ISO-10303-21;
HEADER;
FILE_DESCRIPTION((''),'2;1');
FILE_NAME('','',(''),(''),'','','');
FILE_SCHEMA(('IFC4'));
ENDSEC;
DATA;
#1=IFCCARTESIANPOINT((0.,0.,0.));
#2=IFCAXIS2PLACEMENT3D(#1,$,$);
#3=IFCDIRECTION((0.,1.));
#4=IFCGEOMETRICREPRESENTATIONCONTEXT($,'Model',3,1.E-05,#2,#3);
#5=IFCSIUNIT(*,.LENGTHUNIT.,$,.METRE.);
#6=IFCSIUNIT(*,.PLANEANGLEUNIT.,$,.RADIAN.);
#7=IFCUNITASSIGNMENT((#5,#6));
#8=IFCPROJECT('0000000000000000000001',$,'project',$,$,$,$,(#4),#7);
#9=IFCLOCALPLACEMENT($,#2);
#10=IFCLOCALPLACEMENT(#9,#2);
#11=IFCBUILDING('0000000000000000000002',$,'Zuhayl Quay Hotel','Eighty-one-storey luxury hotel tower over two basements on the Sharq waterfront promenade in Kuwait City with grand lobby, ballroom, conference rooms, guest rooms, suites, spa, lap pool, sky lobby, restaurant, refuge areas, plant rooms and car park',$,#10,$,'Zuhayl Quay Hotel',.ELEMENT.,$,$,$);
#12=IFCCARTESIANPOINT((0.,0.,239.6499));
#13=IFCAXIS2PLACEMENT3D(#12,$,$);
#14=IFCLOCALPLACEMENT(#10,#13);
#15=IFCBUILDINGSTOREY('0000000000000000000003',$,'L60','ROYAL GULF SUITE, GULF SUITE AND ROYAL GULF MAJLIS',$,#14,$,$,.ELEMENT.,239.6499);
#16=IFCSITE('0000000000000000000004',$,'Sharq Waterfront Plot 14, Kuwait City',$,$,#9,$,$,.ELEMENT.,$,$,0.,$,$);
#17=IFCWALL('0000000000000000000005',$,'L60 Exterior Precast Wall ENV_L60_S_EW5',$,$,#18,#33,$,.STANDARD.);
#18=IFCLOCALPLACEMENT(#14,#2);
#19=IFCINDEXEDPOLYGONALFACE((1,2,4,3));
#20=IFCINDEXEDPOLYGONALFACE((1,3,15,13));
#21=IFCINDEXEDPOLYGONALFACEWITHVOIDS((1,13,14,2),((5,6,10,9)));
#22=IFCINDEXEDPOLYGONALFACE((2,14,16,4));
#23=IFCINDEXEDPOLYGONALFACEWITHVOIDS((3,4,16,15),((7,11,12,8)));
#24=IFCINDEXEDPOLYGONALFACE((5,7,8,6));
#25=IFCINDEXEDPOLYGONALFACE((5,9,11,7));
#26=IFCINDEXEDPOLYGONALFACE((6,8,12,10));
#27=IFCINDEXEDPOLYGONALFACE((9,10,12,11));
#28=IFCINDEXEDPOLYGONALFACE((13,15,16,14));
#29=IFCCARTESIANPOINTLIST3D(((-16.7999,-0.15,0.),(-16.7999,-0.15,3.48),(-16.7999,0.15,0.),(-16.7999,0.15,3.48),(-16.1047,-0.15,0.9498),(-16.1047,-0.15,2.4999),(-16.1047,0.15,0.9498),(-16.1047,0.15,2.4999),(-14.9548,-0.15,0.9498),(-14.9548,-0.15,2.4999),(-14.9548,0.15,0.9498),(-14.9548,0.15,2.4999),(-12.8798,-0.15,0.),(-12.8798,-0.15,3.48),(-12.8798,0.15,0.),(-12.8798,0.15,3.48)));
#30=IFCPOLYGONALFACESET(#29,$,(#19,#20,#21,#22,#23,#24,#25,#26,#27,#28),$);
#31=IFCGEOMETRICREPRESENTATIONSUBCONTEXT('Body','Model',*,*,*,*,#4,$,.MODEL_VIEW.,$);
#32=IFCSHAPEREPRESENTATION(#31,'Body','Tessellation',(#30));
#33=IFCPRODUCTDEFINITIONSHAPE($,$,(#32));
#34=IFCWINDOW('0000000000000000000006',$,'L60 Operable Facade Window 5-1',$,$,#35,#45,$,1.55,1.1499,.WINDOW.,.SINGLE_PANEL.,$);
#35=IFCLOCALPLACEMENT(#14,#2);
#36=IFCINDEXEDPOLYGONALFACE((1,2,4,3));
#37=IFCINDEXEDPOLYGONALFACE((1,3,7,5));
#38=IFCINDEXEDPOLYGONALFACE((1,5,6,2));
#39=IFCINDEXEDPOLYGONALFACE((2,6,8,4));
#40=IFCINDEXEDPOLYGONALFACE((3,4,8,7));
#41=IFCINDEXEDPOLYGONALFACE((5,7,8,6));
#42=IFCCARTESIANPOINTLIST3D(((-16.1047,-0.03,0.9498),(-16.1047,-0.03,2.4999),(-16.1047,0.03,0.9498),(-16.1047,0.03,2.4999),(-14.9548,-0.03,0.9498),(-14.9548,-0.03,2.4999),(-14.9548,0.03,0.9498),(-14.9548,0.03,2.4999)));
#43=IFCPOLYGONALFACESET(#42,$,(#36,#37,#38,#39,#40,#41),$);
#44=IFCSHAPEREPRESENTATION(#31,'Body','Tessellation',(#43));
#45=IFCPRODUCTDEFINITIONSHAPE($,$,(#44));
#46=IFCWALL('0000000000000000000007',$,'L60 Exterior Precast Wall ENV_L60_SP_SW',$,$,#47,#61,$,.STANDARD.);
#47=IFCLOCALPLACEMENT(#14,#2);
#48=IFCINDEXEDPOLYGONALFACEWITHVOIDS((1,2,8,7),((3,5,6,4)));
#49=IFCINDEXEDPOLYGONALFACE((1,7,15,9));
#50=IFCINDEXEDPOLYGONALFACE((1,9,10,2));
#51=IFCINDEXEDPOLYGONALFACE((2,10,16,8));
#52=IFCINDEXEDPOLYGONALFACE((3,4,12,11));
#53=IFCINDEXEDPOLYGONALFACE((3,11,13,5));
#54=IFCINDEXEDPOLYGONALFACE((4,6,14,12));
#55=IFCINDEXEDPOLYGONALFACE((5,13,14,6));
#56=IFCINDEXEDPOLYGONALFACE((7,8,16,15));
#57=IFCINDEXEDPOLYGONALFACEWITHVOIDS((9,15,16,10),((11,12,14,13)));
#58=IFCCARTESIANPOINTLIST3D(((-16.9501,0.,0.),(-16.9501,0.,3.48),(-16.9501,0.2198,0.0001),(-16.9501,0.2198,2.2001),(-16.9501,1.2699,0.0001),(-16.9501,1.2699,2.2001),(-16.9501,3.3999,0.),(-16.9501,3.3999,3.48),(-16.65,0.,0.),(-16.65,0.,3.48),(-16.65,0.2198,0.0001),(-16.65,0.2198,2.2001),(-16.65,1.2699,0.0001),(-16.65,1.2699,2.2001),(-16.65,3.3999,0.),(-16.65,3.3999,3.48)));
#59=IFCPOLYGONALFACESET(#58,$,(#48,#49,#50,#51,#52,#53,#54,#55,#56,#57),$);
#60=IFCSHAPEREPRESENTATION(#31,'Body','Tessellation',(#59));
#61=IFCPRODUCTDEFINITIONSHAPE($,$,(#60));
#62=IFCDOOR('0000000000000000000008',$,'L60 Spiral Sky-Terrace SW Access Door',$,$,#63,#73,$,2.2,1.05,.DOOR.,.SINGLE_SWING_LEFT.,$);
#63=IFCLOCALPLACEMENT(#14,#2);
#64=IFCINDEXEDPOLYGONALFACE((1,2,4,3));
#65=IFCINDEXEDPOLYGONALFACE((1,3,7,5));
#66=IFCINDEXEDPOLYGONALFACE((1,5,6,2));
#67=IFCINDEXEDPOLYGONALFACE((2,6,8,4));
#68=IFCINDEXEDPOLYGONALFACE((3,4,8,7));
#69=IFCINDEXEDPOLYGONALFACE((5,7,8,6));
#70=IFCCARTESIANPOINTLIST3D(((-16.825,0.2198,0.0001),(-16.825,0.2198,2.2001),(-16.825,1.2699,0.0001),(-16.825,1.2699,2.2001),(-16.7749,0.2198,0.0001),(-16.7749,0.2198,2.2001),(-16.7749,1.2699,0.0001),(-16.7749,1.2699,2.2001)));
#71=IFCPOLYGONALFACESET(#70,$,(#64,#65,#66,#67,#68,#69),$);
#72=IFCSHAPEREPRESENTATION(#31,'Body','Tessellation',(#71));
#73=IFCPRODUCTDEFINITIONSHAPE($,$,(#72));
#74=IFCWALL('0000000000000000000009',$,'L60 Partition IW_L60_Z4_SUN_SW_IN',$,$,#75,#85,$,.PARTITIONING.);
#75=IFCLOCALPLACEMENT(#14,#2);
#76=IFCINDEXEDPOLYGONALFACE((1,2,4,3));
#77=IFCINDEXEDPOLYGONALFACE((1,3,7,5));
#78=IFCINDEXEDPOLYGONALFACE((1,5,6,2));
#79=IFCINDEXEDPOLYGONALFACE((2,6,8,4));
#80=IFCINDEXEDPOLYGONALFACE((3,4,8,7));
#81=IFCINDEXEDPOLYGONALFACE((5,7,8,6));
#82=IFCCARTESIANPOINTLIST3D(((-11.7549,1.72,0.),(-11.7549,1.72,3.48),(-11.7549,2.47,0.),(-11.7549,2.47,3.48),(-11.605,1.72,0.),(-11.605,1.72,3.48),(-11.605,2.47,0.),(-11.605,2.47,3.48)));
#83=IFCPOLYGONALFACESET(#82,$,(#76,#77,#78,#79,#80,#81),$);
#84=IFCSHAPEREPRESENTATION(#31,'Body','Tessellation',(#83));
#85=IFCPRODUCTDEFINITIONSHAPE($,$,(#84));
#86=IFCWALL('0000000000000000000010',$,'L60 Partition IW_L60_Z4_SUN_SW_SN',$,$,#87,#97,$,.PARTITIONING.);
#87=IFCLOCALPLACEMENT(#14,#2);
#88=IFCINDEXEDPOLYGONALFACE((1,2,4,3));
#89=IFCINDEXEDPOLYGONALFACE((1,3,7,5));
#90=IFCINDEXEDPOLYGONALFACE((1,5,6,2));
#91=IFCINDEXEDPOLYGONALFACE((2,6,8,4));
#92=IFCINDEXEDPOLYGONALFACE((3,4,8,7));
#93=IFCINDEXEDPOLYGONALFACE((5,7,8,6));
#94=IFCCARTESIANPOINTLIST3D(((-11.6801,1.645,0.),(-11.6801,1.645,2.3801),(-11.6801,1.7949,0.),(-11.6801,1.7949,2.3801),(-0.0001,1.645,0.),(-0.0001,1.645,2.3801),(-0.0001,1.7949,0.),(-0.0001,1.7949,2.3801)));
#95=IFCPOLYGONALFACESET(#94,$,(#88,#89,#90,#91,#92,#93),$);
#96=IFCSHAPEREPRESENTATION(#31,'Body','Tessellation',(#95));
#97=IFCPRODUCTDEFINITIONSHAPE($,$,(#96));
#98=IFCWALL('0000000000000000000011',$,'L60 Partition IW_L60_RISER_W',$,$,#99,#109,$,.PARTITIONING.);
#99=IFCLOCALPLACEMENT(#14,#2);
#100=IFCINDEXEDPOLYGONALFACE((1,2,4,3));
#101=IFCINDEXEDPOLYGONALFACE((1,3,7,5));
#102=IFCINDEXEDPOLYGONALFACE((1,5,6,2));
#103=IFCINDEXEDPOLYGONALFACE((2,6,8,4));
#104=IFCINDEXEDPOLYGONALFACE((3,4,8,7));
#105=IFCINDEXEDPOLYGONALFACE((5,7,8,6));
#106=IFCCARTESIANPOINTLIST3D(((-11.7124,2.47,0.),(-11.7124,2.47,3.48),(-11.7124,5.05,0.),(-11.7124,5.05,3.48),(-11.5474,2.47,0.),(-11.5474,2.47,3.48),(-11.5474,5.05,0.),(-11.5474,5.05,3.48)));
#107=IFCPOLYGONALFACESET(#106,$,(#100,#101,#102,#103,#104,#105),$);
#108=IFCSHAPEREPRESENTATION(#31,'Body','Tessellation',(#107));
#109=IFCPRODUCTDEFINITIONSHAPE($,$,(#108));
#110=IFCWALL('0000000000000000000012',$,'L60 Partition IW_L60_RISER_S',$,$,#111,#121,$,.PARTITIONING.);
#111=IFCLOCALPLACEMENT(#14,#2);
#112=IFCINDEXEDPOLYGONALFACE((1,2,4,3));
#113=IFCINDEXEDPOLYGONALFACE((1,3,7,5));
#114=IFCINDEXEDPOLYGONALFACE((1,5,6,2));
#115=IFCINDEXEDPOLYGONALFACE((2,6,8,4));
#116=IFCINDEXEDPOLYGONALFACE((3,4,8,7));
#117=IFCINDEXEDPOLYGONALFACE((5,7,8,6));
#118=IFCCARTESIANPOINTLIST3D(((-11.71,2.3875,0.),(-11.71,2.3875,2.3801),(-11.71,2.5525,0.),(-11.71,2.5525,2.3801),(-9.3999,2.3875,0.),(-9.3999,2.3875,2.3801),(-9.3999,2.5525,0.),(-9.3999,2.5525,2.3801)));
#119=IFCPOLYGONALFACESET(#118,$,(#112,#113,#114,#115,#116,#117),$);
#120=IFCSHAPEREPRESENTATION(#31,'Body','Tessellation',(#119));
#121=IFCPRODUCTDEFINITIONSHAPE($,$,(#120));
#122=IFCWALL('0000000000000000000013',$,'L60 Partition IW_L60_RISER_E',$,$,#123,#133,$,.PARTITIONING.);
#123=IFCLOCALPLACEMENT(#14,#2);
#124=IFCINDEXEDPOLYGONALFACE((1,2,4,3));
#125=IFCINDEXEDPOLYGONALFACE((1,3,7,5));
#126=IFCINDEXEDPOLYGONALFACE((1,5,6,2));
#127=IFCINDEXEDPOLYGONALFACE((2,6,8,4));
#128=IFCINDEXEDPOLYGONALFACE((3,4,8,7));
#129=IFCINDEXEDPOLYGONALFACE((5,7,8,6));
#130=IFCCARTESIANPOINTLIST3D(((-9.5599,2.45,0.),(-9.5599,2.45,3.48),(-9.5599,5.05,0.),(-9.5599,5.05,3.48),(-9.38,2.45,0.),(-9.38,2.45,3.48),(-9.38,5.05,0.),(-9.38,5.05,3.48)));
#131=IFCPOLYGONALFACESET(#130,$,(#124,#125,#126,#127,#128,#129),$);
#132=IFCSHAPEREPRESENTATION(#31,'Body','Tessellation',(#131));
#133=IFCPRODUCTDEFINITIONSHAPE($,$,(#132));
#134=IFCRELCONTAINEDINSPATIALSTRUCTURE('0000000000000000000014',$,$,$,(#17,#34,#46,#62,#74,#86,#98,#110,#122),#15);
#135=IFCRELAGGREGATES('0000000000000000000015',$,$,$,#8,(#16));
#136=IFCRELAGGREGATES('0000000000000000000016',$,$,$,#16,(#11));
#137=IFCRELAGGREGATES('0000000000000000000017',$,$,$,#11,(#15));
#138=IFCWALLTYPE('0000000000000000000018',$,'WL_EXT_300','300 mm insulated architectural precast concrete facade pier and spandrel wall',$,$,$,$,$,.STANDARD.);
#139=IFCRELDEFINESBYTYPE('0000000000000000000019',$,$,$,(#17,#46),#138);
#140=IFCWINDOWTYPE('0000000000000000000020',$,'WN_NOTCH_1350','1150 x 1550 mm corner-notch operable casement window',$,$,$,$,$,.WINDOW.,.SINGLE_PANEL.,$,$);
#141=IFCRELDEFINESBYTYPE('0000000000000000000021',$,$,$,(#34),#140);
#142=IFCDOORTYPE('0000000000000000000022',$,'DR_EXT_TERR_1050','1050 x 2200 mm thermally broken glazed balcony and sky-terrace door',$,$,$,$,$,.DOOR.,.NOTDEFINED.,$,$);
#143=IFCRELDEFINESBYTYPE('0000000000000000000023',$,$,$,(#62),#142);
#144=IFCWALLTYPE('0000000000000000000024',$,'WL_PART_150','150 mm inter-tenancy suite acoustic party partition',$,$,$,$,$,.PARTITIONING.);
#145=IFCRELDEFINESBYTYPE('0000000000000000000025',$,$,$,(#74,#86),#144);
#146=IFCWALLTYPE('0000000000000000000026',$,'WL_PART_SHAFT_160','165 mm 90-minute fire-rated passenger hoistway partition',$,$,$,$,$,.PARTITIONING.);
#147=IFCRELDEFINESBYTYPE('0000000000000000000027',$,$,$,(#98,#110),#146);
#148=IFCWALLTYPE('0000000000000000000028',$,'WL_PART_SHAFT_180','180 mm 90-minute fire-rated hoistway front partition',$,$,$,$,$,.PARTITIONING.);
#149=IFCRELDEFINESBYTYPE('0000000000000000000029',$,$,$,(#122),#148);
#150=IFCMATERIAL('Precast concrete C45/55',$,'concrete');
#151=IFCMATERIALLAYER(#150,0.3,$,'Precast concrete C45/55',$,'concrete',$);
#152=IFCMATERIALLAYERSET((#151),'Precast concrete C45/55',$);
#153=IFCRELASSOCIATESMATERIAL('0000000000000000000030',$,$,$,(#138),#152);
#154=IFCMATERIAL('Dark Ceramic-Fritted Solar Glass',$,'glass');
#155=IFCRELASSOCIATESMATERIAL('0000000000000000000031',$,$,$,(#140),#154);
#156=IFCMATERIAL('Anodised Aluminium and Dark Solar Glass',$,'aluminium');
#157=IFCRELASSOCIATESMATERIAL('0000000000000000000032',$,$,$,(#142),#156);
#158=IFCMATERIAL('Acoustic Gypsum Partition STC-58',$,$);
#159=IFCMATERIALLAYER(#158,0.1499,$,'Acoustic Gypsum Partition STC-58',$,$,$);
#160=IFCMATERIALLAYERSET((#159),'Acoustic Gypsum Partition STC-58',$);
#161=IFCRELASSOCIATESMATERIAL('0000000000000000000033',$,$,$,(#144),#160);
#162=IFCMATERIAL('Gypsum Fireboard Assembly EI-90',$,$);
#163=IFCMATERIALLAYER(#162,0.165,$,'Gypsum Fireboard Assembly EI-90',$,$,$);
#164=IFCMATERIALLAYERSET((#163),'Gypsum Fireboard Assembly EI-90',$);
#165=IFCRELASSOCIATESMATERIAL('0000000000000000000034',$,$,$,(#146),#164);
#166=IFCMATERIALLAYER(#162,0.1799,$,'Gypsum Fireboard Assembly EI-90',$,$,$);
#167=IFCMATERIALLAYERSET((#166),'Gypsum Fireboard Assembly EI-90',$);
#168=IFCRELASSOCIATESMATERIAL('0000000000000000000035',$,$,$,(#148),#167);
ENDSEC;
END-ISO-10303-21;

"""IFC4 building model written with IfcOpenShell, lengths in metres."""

from ifc_helpers import new_model, si_unit, direction, frame, frame_2d, origin, place, context, subcontext, project, spatial, rectangle, extrude, material, layer, layer_set, type_object, element, fill, save


model = new_model("IFC4")

# Units and contexts
model_context = context("Model", 3, precision=1e-05, world=origin(), true_north=direction((0.0, 1.0)))
body_context = subcontext(model_context, "Body", "Model", "MODEL_VIEW")
ifc_project = project(units=[si_unit("LENGTHUNIT", "METRE"), si_unit("PLANEANGLEUNIT", "RADIAN")], contexts=[model_context])

# Site, building, storey
site_placement = place(None, origin())
site = spatial("IfcSite", under=ifc_project, at=site_placement, Name="Sharq Waterfront Plot 14, Kuwait City", CompositionType="ELEMENT", RefElevation=0.0)
building_placement = place(site_placement, origin())
building = spatial("IfcBuilding", under=site, at=building_placement, Name="Zuhayl Quay Hotel", Description="Eighty-one-storey luxury hotel tower over two basements on the Sharq waterfront promenade in Kuwait City with grand lobby, ballroom, conference rooms, guest rooms, suites, spa, lap pool, sky lobby, restaurant, refuge areas, plant rooms and car park", LongName="Zuhayl Quay Hotel", CompositionType="ELEMENT")
storey_placement = place(building_placement, frame((0.0, 0.0, 239.6499)))
storey = spatial("IfcBuildingStorey", under=building, at=storey_placement, Name="L60", Description="ROYAL GULF SUITE, GULF SUITE AND ROYAL GULF MAJLIS", CompositionType="ELEMENT", Elevation=239.6499)

# Shared definitions
ifc_material_1 = material(Name="Dark Ceramic-Fritted Solar Glass", Category="glass")

# Shared definitions
ifc_material_2 = material(Name="Precast concrete C45/55", Category="concrete")
ifc_layer_1 = layer(ifc_material_2, 0.3, Name="Precast concrete C45/55", Category="concrete")
ifc_layer_set_1 = layer_set([ifc_layer_1], Name="Precast concrete C45/55")
wall_type_1 = type_object("IfcWallType", Name="WL_EXT_300", Description="300 mm insulated architectural precast concrete facade pier and spandrel wall", PredefinedType="STANDARD", material=ifc_layer_set_1)
window_type = type_object("IfcWindowType", Name="WN_NOTCH_1350", Description="1150 x 1550 mm corner-notch operable casement window", PartitioningType="SINGLE_PANEL", PredefinedType="WINDOW", material=ifc_material_1)

# Wall, opening, window
wall_1_placement = place(storey_placement, frame((-12.8799, 0.0, 0.0), z_axis=(0.0, 0.0, 1.0), x_axis=(-1.0, 0.0, 0.0)))
wall_1 = element("IfcWall", 1, at=wall_1_placement, inside=storey, type_object=wall_type_1, Name="L60 Exterior Precast Wall ENV_L60_S_EW5", PredefinedType="STANDARD", context=body_context, shape_type="SweptSolid", body=[
    extrude(rectangle(XDim=3.9202, YDim=0.3, at=frame_2d((1.96, 0.0))), origin(), (0.0, 0.0, 1.0), 3.48),
])
opening_1_placement = place(wall_1_placement, frame((2.075, 0.0, 0.95)))
opening_1 = element("IfcOpeningElement", 2, at=opening_1_placement, cuts=wall_1, PredefinedType="OPENING", context=body_context, shape_type="SweptSolid", body=[
    extrude(rectangle(XDim=1.1499, YDim=1.55, at=frame_2d((0.575, 0.7749))), frame((0.0, 0.1599, 0.0), z_axis=(0.0, -1.0, 0.0), x_axis=(1.0, 0.0, 0.0)), (0.0, 0.0, 1.0), 0.3201),
])
window_1_placement = place(opening_1_placement, origin())
window_1 = element("IfcWindow", 3, at=window_1_placement, inside=storey, type_object=window_type, Name="L60 Operable Facade Window 5-1", OverallHeight=1.55, OverallWidth=1.1499, PartitioningType="SINGLE_PANEL", PredefinedType="WINDOW", context=body_context, shape_type="SweptSolid", body=[
    extrude(rectangle(XDim=1.1499, YDim=1.55, at=frame_2d((0.575, 0.7749))), frame((0.0, 0.03, 0.0), z_axis=(0.0, -1.0, 0.0), x_axis=(1.0, 0.0, 0.0)), (0.0, 0.0, 1.0), 0.0601),
])
fill(opening_1, window_1)

# Wall, opening, door
wall_2_placement = place(storey_placement, frame((-16.8, 0.0, 0.0), z_axis=(0.0, 0.0, 1.0), x_axis=(0.0, 1.0, 0.0)))
wall_2 = element("IfcWall", 4, at=wall_2_placement, inside=storey, type_object=wall_type_1, Name="L60 Exterior Precast Wall ENV_L60_SP_SW", PredefinedType="STANDARD", context=body_context, shape_type="SweptSolid", body=[
    extrude(rectangle(XDim=3.3999, YDim=0.3, at=frame_2d((1.7, 0.0))), origin(), (0.0, 0.0, 1.0), 3.48),
])
opening_2_placement = place(wall_2_placement, frame((0.22, 0.0, 0.0)))
opening_2 = element("IfcOpeningElement", 5, at=opening_2_placement, cuts=wall_2, PredefinedType="OPENING", context=body_context, shape_type="SweptSolid", body=[
    extrude(rectangle(XDim=1.05, YDim=2.2, at=frame_2d((0.5249, 1.1001))), frame((0.0, 0.1599, 0.0), z_axis=(0.0, -1.0, 0.0), x_axis=(1.0, 0.0, 0.0)), (0.0, 0.0, 1.0), 0.3201),
])
ifc_material_3 = material(Name="Anodised Aluminium and Dark Solar Glass", Category="aluminium")
door_type_1 = type_object("IfcDoorType", Name="DR_EXT_TERR_1050", Description="1050 x 2200 mm thermally broken glazed balcony and sky-terrace door", OperationType="NOTDEFINED", PredefinedType="DOOR", material=ifc_material_3)
door_1_placement = place(opening_2_placement, origin())
door_1 = element("IfcDoor", 6, at=door_1_placement, inside=storey, type_object=door_type_1, Name="L60 Spiral Sky-Terrace SW Access Door", OperationType="SINGLE_SWING_LEFT", OverallHeight=2.2, OverallWidth=1.05, PredefinedType="DOOR", context=body_context, shape_type="SweptSolid", body=[
    extrude(rectangle(XDim=1.05, YDim=2.2, at=frame_2d((0.5249, 1.1001))), frame((0.0, 0.0249, 0.0), z_axis=(0.0, -1.0, 0.0), x_axis=(1.0, 0.0, 0.0)), (0.0, 0.0, 1.0), 0.05),
])
fill(opening_2, door_1)

# Walls
ifc_material_4 = material(Name="Acoustic Gypsum Partition STC-58")
ifc_layer_2 = layer(ifc_material_4, 0.1499, Name="Acoustic Gypsum Partition STC-58")
ifc_layer_set_2 = layer_set([ifc_layer_2], Name="Acoustic Gypsum Partition STC-58")
wall_type_2 = type_object("IfcWallType", Name="WL_PART_150", Description="150 mm inter-tenancy suite acoustic party partition", PredefinedType="PARTITIONING", material=ifc_layer_set_2)
wall_3_placement = place(storey_placement, frame((-11.6799, 1.72, 0.0), z_axis=(0.0, 0.0, 1.0), x_axis=(0.0, 1.0, 0.0)))
element("IfcWall", 7, at=wall_3_placement, inside=storey, type_object=wall_type_2, Name="L60 Partition IW_L60_Z4_SUN_SW_IN", PredefinedType="PARTITIONING", context=body_context, shape_type="SweptSolid", body=[
    extrude(rectangle(XDim=0.75, YDim=0.1499, at=frame_2d((0.375, 0.0))), origin(), (0.0, 0.0, 1.0), 3.48),
])
wall_4_placement = place(storey_placement, frame((-11.6799, 1.72, 0.0), z_axis=(0.0, 0.0, 1.0), x_axis=(1.0, 0.0, 0.0)))
element("IfcWall", 8, at=wall_4_placement, inside=storey, type_object=wall_type_2, Name="L60 Partition IW_L60_Z4_SUN_SW_SN", PredefinedType="PARTITIONING", context=body_context, shape_type="SweptSolid", body=[
    extrude(rectangle(XDim=11.6799, YDim=0.1499, at=frame_2d((5.8398, 0.0))), origin(), (0.0, 0.0, 1.0), 2.3801),
])

# Walls
ifc_material_5 = material(Name="Gypsum Fireboard Assembly EI-90")
ifc_layer_3 = layer(ifc_material_5, 0.165, Name="Gypsum Fireboard Assembly EI-90")
ifc_layer_set_3 = layer_set([ifc_layer_3], Name="Gypsum Fireboard Assembly EI-90")
wall_type_3 = type_object("IfcWallType", Name="WL_PART_SHAFT_160", Description="165 mm 90-minute fire-rated passenger hoistway partition", PredefinedType="PARTITIONING", material=ifc_layer_set_3)
wall_5_placement = place(storey_placement, frame((-11.6299, 2.47, 0.0), z_axis=(0.0, 0.0, 1.0), x_axis=(0.0, 1.0, 0.0)))
element("IfcWall", 9, at=wall_5_placement, inside=storey, type_object=wall_type_3, Name="L60 Partition IW_L60_RISER_W", PredefinedType="PARTITIONING", context=body_context, shape_type="SweptSolid", body=[
    extrude(rectangle(XDim=2.5801, YDim=0.165, at=frame_2d((1.29, 0.0))), origin(), (0.0, 0.0, 1.0), 3.48),
])
wall_6_placement = place(storey_placement, frame((-11.71, 2.47, 0.0), z_axis=(0.0, 0.0, 1.0), x_axis=(1.0, 0.0, 0.0)))
element("IfcWall", 10, at=wall_6_placement, inside=storey, type_object=wall_type_3, Name="L60 Partition IW_L60_RISER_S", PredefinedType="PARTITIONING", context=body_context, shape_type="SweptSolid", body=[
    extrude(rectangle(XDim=2.3101, YDim=0.165, at=frame_2d((1.155, 0.0))), origin(), (0.0, 0.0, 1.0), 2.3801),
])
ifc_layer_4 = layer(ifc_material_5, 0.1799, Name="Gypsum Fireboard Assembly EI-90")
ifc_layer_set_4 = layer_set([ifc_layer_4], Name="Gypsum Fireboard Assembly EI-90")
wall_type_4 = type_object("IfcWallType", Name="WL_PART_SHAFT_180", Description="180 mm 90-minute fire-rated hoistway front partition", PredefinedType="PARTITIONING", material=ifc_layer_set_4)
wall_7_placement = place(storey_placement, frame((-9.47, 2.45, 0.0), z_axis=(0.0, 0.0, 1.0), x_axis=(0.0, 1.0, 0.0)))
element("IfcWall", 11, at=wall_7_placement, inside=storey, type_object=wall_type_4, Name="L60 Partition IW_L60_RISER_E", PredefinedType="PARTITIONING", context=body_context, shape_type="SweptSolid", body=[
    extrude(rectangle(XDim=2.6001, YDim=0.1799, at=frame_2d((1.3, 0.0))), origin(), (0.0, 0.0, 1.0), 3.48),
])

save(model, "model.ifc")
